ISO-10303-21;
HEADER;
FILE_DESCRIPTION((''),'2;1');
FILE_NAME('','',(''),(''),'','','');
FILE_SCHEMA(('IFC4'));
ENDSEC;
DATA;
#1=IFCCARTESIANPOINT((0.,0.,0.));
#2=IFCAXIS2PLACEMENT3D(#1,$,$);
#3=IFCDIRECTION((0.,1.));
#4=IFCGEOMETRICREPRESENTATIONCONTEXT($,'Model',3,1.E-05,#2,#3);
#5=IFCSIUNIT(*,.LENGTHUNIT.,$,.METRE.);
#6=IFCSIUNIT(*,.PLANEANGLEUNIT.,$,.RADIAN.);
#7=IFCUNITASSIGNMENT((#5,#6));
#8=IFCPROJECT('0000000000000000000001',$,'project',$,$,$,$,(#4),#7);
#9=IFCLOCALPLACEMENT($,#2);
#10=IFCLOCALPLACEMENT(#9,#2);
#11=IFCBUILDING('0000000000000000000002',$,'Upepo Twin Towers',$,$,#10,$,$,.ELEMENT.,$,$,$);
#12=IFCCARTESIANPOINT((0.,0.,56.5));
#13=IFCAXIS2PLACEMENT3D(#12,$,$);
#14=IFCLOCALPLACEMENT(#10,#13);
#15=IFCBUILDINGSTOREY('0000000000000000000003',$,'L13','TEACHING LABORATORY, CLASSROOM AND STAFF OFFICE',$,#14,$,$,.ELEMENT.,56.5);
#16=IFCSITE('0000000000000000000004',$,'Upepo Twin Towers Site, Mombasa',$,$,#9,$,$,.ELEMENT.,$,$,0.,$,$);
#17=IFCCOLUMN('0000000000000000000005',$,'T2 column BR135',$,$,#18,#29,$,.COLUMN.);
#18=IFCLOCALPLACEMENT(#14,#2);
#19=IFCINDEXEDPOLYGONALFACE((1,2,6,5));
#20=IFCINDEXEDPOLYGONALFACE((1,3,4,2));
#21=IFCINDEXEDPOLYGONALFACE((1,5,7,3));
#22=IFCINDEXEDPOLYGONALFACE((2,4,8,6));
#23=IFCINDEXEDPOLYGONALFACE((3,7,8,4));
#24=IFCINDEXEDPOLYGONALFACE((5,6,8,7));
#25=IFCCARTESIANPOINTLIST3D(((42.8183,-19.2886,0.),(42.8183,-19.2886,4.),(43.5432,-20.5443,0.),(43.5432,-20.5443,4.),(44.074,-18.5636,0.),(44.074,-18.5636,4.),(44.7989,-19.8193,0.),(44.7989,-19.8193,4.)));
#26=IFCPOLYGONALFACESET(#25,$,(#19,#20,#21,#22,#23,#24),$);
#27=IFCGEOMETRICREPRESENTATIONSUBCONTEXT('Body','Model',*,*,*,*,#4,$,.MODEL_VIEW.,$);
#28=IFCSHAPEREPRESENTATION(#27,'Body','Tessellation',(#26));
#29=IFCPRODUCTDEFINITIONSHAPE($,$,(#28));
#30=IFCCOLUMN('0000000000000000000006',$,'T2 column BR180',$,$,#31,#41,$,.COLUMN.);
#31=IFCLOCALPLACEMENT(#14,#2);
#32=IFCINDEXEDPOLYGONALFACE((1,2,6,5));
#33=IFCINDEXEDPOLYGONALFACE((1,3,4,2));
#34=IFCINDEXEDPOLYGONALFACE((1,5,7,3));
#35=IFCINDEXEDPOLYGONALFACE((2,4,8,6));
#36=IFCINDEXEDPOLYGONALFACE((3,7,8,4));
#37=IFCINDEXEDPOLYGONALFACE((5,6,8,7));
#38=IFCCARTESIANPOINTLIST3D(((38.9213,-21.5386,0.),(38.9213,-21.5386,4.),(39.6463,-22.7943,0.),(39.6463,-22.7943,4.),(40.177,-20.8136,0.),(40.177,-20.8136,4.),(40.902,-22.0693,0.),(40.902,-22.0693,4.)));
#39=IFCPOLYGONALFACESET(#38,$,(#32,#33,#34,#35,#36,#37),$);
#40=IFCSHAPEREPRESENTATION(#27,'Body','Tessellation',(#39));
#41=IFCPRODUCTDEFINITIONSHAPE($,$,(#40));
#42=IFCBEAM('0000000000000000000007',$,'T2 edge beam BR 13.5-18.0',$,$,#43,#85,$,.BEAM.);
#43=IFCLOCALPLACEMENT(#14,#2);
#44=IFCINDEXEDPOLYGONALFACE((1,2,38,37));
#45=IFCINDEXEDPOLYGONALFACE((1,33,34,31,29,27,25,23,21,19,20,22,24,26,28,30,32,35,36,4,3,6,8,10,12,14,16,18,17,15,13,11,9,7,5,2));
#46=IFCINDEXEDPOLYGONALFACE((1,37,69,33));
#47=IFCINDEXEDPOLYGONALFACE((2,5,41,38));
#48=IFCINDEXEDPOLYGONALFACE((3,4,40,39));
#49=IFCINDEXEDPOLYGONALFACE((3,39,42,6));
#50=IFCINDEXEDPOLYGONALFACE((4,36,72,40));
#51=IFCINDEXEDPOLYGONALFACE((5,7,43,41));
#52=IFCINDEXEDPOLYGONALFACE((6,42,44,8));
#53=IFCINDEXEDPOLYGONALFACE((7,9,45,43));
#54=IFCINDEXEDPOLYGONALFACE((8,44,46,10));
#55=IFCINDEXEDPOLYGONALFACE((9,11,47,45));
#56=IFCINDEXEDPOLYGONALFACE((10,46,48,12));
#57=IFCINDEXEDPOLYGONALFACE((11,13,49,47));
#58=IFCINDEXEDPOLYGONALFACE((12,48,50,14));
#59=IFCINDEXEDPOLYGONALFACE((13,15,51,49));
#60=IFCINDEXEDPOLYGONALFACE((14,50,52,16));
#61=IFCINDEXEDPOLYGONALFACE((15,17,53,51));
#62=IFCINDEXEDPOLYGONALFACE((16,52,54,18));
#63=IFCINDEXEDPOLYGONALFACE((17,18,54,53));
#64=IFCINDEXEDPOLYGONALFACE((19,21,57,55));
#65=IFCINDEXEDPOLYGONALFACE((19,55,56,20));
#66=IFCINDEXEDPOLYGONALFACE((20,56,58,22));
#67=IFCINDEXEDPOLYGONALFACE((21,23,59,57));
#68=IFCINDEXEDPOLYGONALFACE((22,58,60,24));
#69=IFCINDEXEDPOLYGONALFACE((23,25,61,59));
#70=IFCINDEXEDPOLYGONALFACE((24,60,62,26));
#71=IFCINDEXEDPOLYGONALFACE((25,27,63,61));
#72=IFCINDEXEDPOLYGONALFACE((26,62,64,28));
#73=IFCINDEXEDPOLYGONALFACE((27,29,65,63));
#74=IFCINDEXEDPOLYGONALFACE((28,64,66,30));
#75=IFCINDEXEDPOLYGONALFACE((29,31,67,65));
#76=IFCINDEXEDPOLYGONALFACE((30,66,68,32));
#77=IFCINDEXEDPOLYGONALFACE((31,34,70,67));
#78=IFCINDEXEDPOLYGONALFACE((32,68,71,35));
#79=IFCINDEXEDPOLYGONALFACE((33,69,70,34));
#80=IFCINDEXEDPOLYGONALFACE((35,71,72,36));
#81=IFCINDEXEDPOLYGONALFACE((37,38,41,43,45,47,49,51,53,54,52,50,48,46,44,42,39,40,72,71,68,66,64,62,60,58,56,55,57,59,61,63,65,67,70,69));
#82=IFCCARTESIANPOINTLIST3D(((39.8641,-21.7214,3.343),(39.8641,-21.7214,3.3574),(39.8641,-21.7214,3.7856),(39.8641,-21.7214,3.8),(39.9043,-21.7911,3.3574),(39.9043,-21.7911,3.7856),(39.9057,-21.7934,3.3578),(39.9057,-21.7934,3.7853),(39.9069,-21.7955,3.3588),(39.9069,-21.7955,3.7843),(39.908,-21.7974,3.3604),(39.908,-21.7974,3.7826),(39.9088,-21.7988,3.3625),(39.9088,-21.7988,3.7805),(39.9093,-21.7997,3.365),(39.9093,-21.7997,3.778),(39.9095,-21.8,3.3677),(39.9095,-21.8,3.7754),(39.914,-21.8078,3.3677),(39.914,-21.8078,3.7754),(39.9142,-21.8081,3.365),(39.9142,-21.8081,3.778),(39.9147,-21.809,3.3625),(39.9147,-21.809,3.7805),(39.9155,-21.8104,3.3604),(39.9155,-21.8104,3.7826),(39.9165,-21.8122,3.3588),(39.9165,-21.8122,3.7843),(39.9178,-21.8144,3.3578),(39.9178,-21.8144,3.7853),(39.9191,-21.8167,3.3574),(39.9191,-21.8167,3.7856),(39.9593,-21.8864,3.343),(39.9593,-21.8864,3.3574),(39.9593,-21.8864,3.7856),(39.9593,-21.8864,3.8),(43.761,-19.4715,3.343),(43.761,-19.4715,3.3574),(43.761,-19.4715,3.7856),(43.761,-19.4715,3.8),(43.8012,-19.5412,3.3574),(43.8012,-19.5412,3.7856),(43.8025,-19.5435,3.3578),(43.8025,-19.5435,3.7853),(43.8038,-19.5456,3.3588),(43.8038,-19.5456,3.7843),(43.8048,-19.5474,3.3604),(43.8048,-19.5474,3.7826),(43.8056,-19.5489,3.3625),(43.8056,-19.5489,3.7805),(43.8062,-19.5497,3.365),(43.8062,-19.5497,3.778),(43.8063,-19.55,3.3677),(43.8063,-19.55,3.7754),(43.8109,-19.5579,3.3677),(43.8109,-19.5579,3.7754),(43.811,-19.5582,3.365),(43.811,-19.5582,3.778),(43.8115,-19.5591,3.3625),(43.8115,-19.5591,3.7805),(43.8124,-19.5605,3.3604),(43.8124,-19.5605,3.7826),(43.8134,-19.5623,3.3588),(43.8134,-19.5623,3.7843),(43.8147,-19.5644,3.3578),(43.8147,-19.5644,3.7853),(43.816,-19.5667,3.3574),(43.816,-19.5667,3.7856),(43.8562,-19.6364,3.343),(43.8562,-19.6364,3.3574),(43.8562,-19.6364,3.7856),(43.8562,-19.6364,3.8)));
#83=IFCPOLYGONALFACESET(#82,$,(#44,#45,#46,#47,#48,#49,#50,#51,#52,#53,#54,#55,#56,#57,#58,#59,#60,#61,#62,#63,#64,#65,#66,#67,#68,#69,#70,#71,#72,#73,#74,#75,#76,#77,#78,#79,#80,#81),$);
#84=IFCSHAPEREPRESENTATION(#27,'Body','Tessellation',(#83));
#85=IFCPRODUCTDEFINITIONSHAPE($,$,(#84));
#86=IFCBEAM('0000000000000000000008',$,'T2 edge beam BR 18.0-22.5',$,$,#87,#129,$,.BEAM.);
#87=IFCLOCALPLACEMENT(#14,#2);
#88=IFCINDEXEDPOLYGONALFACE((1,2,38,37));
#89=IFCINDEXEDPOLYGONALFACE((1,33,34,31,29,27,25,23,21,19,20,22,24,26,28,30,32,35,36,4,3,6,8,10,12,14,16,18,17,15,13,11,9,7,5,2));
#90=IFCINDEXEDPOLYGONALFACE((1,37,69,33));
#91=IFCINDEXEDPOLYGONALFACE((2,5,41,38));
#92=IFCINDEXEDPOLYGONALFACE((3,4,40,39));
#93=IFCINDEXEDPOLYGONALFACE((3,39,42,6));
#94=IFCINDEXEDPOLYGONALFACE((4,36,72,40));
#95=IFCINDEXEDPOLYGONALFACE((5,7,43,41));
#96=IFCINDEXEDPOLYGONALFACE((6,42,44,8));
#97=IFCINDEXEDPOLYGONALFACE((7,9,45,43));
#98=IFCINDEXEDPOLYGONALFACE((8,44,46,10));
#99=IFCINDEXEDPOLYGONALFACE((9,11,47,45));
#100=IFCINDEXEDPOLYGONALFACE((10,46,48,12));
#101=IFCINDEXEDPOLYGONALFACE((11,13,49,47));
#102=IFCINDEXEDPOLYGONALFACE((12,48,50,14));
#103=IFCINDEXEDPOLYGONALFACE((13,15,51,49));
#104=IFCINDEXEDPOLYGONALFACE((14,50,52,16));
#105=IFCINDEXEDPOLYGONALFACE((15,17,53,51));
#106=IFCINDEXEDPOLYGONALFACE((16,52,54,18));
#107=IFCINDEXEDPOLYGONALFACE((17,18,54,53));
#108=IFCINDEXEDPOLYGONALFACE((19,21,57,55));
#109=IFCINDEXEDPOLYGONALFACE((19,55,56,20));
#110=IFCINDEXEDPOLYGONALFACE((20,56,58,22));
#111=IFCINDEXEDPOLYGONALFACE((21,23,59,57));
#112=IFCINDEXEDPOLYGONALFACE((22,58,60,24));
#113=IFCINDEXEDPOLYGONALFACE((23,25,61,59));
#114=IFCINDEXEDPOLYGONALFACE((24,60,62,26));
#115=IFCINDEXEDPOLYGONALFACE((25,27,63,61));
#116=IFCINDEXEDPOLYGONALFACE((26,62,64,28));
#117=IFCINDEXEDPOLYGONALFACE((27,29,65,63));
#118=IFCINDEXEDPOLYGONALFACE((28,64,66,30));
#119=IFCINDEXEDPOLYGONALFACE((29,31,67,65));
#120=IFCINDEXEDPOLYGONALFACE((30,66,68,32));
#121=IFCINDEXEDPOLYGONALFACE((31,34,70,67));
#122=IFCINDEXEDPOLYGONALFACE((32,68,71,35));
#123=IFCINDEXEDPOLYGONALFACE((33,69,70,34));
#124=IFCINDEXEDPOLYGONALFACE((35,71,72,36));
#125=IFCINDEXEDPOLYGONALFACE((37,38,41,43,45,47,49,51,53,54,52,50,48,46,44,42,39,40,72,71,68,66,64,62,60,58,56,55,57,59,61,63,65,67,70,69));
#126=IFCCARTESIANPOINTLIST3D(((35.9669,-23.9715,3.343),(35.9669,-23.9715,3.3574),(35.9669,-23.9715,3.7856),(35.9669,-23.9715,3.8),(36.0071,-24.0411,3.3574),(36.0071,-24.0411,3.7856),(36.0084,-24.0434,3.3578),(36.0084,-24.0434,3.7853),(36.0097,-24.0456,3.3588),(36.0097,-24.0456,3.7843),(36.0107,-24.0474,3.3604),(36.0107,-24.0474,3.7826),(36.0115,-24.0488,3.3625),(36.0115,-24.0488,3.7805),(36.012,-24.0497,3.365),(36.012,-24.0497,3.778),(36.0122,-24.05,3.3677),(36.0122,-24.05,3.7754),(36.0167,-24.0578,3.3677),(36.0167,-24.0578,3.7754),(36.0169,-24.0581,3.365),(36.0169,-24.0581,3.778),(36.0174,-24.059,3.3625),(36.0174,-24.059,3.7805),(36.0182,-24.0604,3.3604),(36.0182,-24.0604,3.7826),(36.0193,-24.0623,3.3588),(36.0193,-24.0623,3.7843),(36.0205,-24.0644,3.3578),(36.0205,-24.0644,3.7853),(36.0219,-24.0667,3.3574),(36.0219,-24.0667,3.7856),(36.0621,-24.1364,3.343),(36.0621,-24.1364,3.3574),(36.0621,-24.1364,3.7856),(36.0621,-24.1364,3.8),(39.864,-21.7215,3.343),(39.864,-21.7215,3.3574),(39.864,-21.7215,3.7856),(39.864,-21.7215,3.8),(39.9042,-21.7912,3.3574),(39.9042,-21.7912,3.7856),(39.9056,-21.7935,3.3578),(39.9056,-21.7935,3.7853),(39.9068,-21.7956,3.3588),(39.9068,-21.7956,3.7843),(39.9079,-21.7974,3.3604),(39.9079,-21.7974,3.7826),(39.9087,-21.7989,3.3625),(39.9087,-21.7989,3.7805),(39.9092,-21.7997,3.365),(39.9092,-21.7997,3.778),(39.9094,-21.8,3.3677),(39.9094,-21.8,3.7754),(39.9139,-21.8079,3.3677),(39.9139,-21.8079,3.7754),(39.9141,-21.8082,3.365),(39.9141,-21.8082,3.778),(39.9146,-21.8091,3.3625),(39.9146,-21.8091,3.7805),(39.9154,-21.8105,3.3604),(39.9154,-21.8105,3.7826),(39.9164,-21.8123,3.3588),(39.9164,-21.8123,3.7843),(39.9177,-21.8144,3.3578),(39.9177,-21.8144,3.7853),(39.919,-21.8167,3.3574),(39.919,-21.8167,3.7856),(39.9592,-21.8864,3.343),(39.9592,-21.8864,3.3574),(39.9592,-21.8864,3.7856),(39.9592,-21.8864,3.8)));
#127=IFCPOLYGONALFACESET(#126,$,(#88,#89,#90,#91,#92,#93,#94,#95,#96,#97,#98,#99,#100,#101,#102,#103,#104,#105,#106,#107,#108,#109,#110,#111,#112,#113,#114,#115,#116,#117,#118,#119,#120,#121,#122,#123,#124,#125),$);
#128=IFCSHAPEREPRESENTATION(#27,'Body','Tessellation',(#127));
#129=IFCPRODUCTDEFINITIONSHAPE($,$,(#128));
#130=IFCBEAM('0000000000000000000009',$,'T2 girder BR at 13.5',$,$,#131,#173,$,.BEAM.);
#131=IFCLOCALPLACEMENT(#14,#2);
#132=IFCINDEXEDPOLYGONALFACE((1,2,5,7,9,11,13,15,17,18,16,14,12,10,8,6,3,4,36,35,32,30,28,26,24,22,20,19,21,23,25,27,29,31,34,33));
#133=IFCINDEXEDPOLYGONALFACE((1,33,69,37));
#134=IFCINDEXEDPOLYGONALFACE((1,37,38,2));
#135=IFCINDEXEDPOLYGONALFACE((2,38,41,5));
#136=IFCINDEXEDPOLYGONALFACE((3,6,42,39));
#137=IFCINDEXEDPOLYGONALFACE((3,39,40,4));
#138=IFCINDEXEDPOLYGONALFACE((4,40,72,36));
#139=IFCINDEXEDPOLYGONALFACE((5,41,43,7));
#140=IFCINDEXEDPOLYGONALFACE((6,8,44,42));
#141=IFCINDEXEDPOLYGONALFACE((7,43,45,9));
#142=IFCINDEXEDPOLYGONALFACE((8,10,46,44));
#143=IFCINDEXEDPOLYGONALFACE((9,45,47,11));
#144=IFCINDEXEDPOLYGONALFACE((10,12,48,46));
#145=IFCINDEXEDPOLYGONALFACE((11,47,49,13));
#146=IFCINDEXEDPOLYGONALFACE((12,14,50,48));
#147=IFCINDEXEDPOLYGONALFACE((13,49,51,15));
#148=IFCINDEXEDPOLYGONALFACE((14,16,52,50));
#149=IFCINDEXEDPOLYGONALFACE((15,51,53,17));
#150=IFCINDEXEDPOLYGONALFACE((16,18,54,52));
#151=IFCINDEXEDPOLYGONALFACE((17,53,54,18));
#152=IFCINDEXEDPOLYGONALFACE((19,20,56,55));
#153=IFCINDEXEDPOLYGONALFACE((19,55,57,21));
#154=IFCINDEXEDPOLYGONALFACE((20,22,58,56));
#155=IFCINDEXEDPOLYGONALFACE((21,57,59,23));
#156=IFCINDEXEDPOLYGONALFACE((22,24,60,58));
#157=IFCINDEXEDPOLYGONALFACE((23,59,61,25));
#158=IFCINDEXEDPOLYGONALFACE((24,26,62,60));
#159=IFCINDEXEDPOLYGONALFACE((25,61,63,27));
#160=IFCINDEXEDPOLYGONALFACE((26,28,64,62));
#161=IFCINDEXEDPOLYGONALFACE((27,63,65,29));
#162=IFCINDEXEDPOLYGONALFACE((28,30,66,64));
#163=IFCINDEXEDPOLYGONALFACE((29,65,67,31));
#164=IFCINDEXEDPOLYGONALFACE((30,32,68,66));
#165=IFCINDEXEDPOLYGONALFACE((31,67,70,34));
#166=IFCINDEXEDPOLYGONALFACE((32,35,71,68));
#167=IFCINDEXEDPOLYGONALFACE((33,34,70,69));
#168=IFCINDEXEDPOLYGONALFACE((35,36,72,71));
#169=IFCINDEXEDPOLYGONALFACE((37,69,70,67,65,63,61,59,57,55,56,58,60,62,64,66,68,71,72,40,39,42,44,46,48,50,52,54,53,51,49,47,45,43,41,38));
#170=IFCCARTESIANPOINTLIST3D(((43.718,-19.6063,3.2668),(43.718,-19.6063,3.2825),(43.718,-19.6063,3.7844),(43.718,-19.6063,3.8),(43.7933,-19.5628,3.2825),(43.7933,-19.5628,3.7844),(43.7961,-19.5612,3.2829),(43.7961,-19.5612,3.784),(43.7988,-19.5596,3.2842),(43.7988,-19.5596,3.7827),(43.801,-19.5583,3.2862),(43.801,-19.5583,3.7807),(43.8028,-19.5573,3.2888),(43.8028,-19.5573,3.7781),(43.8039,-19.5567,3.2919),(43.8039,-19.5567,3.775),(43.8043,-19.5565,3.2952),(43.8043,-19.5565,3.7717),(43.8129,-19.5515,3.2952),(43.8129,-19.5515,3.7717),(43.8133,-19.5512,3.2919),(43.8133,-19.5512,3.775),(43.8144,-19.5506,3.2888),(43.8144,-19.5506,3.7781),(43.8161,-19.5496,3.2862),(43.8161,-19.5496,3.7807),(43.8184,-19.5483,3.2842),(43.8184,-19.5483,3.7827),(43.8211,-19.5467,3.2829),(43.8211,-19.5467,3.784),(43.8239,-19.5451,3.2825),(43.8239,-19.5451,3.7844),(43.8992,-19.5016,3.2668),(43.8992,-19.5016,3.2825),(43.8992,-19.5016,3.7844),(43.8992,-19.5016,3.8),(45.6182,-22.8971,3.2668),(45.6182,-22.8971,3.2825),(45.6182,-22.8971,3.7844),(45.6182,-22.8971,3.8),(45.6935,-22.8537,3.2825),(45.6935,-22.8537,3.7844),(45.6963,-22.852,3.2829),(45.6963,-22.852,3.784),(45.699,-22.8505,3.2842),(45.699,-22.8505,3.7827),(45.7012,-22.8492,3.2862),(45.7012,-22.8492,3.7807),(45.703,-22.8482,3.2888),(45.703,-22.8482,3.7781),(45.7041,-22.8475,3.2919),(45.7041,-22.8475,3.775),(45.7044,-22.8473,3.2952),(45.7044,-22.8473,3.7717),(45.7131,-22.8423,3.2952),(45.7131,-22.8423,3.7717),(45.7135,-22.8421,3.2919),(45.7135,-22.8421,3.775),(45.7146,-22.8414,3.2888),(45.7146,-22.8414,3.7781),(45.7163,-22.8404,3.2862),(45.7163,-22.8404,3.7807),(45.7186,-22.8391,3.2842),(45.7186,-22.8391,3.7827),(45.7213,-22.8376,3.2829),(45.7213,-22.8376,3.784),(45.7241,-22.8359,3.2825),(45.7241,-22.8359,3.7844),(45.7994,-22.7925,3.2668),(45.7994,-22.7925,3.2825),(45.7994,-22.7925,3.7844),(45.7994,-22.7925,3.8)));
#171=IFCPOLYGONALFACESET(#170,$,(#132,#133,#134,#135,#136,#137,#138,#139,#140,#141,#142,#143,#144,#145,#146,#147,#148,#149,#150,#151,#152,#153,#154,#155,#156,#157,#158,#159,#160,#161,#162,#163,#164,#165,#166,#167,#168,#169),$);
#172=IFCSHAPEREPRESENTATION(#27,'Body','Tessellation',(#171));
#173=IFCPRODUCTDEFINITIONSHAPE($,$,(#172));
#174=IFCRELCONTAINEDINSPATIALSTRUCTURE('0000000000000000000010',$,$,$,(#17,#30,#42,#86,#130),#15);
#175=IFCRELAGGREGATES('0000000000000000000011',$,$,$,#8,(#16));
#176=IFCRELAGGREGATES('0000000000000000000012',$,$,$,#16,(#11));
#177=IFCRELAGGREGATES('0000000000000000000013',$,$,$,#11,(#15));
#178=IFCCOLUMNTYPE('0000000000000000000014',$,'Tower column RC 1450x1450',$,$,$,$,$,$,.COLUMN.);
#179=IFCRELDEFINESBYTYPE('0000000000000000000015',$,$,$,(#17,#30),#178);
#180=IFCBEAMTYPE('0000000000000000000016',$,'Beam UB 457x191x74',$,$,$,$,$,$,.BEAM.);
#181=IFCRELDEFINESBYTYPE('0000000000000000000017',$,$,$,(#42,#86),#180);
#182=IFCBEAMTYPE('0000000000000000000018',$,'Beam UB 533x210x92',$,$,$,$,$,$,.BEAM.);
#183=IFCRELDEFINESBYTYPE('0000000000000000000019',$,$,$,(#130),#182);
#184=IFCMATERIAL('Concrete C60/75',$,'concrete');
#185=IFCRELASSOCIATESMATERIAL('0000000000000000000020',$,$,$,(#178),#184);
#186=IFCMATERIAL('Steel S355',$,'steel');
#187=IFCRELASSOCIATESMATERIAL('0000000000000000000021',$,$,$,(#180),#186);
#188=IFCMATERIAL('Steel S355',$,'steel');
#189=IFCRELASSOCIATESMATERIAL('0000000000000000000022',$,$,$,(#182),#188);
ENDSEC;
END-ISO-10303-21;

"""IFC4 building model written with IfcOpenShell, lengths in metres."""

from ifc_helpers import new_model, si_unit, direction, frame, origin, origin_2d, place, context, subcontext, project, spatial, rectangle, i_section, extrude, material, material_profile, profile_set, type_object, element, save


model = new_model("IFC4")

# Units and contexts
model_context = context("Model", 3, precision=1e-05, world=origin(), true_north=direction((0.0, 1.0)))
body_context = subcontext(model_context, "Body", "Model", "MODEL_VIEW")
ifc_project = project(units=[si_unit("LENGTHUNIT", "METRE"), si_unit("PLANEANGLEUNIT", "RADIAN")], contexts=[model_context])

# Site, building, storey
site_placement = place(None, origin())
site = spatial("IfcSite", under=ifc_project, at=site_placement, Name="Upepo Twin Towers Site, Mombasa", CompositionType="ELEMENT", RefElevation=0.0)
building_placement = place(site_placement, origin())
building = spatial("IfcBuilding", under=site, at=building_placement, Name="Upepo Twin Towers", CompositionType="ELEMENT")
storey_placement = place(building_placement, frame((0.0, 0.0, 56.5)))
storey = spatial("IfcBuildingStorey", under=building, at=storey_placement, Name="L13", Description="TEACHING LABORATORY, CLASSROOM AND STAFF OFFICE", CompositionType="ELEMENT", Elevation=56.5)

# Columns
ifc_material_1 = material(Name="Concrete C60/75", Category="concrete")
ifc_material_profile_1 = material_profile(ifc_material_1, rectangle(XDim=1.45, YDim=1.45, at=origin_2d()), Name="RC 1450x1450")
ifc_profile_set_1 = profile_set([ifc_material_profile_1], Name="Concrete C60/75")
column_type = type_object("IfcColumnType", Name="Tower column RC 1450x1450", PredefinedType="COLUMN", material=ifc_profile_set_1)
for number, where, z_axis, x_axis, name in (
    (1, (43.8086, -19.554, 0.0), (0.0, 0.0, 1.0), (0.866025, 0.5, 0.0), "T2 column BR135"),
    (2, (39.9116, -21.804, 0.0), (0.0, 0.0, 1.0), (0.866025, 0.5, 0.0), "T2 column BR180"),
):
    element("IfcColumn", number, at=place(storey_placement, frame(where, z_axis=z_axis, x_axis=x_axis)), inside=storey, type_object=column_type, Name=name, PredefinedType="COLUMN", context=body_context, shape_type="SweptSolid", body=[
        extrude(rectangle(XDim=1.45, YDim=1.45, at=origin_2d()), origin(), (0.0, 0.0, 1.0), 4.0),
    ])

# Beams
ifc_material_2 = material(Name="Steel S355", Category="steel")
ifc_material_profile_2 = material_profile(ifc_material_2, i_section(OverallWidth=0.1904, OverallDepth=0.457, WebThickness=0.009, FlangeThickness=0.0144, FilletRadius=0.0103, at=origin_2d()), Name="UB 457x191x74")
ifc_profile_set_2 = profile_set([ifc_material_profile_2], Name="Steel S355")
beam_type_1 = type_object("IfcBeamType", Name="Beam UB 457x191x74", PredefinedType="BEAM", material=ifc_profile_set_2)
beam_1_placement = place(storey_placement, frame((43.8086, -19.554, 3.5715), z_axis=(-0.866018, -0.500014, 0.0), x_axis=(0.500014, -0.866018, 0.0)))
element("IfcBeam", 3, at=beam_1_placement, inside=storey, type_object=beam_type_1, Name="T2 edge beam BR 13.5-18.0", PredefinedType="BEAM", context=body_context, shape_type="SweptSolid", body=[
    extrude(i_section(OverallWidth=0.1904, OverallDepth=0.457, WebThickness=0.009, FlangeThickness=0.0144, FilletRadius=0.0103, at=origin_2d()), origin(), (0.0, 0.0, 1.0), 4.4998),
])
beam_2_placement = place(storey_placement, frame((39.9116, -21.804, 3.5715), z_axis=(-0.866031, -0.49999, 0.0), x_axis=(0.49999, -0.866031, 0.0)))
element("IfcBeam", 4, at=beam_2_placement, inside=storey, type_object=beam_type_1, Name="T2 edge beam BR 18.0-22.5", PredefinedType="BEAM", context=body_context, shape_type="SweptSolid", body=[
    extrude(i_section(OverallWidth=0.1904, OverallDepth=0.457, WebThickness=0.009, FlangeThickness=0.0144, FilletRadius=0.0103, at=origin_2d()), origin(), (0.0, 0.0, 1.0), 4.5),
])
ifc_material_3 = material(Name="Steel S355", Category="steel")
ifc_material_profile_3 = material_profile(ifc_material_3, i_section(OverallWidth=0.2092, OverallDepth=0.5332, WebThickness=0.01, FlangeThickness=0.0156, FilletRadius=0.0127, at=origin_2d()), Name="UB 533x210x92")
ifc_profile_set_3 = profile_set([ifc_material_profile_3], Name="Steel S355")
beam_type_2 = type_object("IfcBeamType", Name="Beam UB 533x210x92", PredefinedType="BEAM", material=ifc_profile_set_3)
beam_3_placement = place(storey_placement, frame((43.8086, -19.554, 3.5334), z_axis=(0.500043, -0.866, 0.0), x_axis=(0.866, 0.500043, 0.0)))
element("IfcBeam", 5, at=beam_3_placement, inside=storey, type_object=beam_type_2, Name="T2 girder BR at 13.5", PredefinedType="BEAM", context=body_context, shape_type="SweptSolid", body=[
    extrude(i_section(OverallWidth=0.2092, OverallDepth=0.5332, WebThickness=0.01, FlangeThickness=0.0156, FilletRadius=0.0127, at=origin_2d()), origin(), (0.0, 0.0, 1.0), 3.8),
])

save(model, "model.ifc")
